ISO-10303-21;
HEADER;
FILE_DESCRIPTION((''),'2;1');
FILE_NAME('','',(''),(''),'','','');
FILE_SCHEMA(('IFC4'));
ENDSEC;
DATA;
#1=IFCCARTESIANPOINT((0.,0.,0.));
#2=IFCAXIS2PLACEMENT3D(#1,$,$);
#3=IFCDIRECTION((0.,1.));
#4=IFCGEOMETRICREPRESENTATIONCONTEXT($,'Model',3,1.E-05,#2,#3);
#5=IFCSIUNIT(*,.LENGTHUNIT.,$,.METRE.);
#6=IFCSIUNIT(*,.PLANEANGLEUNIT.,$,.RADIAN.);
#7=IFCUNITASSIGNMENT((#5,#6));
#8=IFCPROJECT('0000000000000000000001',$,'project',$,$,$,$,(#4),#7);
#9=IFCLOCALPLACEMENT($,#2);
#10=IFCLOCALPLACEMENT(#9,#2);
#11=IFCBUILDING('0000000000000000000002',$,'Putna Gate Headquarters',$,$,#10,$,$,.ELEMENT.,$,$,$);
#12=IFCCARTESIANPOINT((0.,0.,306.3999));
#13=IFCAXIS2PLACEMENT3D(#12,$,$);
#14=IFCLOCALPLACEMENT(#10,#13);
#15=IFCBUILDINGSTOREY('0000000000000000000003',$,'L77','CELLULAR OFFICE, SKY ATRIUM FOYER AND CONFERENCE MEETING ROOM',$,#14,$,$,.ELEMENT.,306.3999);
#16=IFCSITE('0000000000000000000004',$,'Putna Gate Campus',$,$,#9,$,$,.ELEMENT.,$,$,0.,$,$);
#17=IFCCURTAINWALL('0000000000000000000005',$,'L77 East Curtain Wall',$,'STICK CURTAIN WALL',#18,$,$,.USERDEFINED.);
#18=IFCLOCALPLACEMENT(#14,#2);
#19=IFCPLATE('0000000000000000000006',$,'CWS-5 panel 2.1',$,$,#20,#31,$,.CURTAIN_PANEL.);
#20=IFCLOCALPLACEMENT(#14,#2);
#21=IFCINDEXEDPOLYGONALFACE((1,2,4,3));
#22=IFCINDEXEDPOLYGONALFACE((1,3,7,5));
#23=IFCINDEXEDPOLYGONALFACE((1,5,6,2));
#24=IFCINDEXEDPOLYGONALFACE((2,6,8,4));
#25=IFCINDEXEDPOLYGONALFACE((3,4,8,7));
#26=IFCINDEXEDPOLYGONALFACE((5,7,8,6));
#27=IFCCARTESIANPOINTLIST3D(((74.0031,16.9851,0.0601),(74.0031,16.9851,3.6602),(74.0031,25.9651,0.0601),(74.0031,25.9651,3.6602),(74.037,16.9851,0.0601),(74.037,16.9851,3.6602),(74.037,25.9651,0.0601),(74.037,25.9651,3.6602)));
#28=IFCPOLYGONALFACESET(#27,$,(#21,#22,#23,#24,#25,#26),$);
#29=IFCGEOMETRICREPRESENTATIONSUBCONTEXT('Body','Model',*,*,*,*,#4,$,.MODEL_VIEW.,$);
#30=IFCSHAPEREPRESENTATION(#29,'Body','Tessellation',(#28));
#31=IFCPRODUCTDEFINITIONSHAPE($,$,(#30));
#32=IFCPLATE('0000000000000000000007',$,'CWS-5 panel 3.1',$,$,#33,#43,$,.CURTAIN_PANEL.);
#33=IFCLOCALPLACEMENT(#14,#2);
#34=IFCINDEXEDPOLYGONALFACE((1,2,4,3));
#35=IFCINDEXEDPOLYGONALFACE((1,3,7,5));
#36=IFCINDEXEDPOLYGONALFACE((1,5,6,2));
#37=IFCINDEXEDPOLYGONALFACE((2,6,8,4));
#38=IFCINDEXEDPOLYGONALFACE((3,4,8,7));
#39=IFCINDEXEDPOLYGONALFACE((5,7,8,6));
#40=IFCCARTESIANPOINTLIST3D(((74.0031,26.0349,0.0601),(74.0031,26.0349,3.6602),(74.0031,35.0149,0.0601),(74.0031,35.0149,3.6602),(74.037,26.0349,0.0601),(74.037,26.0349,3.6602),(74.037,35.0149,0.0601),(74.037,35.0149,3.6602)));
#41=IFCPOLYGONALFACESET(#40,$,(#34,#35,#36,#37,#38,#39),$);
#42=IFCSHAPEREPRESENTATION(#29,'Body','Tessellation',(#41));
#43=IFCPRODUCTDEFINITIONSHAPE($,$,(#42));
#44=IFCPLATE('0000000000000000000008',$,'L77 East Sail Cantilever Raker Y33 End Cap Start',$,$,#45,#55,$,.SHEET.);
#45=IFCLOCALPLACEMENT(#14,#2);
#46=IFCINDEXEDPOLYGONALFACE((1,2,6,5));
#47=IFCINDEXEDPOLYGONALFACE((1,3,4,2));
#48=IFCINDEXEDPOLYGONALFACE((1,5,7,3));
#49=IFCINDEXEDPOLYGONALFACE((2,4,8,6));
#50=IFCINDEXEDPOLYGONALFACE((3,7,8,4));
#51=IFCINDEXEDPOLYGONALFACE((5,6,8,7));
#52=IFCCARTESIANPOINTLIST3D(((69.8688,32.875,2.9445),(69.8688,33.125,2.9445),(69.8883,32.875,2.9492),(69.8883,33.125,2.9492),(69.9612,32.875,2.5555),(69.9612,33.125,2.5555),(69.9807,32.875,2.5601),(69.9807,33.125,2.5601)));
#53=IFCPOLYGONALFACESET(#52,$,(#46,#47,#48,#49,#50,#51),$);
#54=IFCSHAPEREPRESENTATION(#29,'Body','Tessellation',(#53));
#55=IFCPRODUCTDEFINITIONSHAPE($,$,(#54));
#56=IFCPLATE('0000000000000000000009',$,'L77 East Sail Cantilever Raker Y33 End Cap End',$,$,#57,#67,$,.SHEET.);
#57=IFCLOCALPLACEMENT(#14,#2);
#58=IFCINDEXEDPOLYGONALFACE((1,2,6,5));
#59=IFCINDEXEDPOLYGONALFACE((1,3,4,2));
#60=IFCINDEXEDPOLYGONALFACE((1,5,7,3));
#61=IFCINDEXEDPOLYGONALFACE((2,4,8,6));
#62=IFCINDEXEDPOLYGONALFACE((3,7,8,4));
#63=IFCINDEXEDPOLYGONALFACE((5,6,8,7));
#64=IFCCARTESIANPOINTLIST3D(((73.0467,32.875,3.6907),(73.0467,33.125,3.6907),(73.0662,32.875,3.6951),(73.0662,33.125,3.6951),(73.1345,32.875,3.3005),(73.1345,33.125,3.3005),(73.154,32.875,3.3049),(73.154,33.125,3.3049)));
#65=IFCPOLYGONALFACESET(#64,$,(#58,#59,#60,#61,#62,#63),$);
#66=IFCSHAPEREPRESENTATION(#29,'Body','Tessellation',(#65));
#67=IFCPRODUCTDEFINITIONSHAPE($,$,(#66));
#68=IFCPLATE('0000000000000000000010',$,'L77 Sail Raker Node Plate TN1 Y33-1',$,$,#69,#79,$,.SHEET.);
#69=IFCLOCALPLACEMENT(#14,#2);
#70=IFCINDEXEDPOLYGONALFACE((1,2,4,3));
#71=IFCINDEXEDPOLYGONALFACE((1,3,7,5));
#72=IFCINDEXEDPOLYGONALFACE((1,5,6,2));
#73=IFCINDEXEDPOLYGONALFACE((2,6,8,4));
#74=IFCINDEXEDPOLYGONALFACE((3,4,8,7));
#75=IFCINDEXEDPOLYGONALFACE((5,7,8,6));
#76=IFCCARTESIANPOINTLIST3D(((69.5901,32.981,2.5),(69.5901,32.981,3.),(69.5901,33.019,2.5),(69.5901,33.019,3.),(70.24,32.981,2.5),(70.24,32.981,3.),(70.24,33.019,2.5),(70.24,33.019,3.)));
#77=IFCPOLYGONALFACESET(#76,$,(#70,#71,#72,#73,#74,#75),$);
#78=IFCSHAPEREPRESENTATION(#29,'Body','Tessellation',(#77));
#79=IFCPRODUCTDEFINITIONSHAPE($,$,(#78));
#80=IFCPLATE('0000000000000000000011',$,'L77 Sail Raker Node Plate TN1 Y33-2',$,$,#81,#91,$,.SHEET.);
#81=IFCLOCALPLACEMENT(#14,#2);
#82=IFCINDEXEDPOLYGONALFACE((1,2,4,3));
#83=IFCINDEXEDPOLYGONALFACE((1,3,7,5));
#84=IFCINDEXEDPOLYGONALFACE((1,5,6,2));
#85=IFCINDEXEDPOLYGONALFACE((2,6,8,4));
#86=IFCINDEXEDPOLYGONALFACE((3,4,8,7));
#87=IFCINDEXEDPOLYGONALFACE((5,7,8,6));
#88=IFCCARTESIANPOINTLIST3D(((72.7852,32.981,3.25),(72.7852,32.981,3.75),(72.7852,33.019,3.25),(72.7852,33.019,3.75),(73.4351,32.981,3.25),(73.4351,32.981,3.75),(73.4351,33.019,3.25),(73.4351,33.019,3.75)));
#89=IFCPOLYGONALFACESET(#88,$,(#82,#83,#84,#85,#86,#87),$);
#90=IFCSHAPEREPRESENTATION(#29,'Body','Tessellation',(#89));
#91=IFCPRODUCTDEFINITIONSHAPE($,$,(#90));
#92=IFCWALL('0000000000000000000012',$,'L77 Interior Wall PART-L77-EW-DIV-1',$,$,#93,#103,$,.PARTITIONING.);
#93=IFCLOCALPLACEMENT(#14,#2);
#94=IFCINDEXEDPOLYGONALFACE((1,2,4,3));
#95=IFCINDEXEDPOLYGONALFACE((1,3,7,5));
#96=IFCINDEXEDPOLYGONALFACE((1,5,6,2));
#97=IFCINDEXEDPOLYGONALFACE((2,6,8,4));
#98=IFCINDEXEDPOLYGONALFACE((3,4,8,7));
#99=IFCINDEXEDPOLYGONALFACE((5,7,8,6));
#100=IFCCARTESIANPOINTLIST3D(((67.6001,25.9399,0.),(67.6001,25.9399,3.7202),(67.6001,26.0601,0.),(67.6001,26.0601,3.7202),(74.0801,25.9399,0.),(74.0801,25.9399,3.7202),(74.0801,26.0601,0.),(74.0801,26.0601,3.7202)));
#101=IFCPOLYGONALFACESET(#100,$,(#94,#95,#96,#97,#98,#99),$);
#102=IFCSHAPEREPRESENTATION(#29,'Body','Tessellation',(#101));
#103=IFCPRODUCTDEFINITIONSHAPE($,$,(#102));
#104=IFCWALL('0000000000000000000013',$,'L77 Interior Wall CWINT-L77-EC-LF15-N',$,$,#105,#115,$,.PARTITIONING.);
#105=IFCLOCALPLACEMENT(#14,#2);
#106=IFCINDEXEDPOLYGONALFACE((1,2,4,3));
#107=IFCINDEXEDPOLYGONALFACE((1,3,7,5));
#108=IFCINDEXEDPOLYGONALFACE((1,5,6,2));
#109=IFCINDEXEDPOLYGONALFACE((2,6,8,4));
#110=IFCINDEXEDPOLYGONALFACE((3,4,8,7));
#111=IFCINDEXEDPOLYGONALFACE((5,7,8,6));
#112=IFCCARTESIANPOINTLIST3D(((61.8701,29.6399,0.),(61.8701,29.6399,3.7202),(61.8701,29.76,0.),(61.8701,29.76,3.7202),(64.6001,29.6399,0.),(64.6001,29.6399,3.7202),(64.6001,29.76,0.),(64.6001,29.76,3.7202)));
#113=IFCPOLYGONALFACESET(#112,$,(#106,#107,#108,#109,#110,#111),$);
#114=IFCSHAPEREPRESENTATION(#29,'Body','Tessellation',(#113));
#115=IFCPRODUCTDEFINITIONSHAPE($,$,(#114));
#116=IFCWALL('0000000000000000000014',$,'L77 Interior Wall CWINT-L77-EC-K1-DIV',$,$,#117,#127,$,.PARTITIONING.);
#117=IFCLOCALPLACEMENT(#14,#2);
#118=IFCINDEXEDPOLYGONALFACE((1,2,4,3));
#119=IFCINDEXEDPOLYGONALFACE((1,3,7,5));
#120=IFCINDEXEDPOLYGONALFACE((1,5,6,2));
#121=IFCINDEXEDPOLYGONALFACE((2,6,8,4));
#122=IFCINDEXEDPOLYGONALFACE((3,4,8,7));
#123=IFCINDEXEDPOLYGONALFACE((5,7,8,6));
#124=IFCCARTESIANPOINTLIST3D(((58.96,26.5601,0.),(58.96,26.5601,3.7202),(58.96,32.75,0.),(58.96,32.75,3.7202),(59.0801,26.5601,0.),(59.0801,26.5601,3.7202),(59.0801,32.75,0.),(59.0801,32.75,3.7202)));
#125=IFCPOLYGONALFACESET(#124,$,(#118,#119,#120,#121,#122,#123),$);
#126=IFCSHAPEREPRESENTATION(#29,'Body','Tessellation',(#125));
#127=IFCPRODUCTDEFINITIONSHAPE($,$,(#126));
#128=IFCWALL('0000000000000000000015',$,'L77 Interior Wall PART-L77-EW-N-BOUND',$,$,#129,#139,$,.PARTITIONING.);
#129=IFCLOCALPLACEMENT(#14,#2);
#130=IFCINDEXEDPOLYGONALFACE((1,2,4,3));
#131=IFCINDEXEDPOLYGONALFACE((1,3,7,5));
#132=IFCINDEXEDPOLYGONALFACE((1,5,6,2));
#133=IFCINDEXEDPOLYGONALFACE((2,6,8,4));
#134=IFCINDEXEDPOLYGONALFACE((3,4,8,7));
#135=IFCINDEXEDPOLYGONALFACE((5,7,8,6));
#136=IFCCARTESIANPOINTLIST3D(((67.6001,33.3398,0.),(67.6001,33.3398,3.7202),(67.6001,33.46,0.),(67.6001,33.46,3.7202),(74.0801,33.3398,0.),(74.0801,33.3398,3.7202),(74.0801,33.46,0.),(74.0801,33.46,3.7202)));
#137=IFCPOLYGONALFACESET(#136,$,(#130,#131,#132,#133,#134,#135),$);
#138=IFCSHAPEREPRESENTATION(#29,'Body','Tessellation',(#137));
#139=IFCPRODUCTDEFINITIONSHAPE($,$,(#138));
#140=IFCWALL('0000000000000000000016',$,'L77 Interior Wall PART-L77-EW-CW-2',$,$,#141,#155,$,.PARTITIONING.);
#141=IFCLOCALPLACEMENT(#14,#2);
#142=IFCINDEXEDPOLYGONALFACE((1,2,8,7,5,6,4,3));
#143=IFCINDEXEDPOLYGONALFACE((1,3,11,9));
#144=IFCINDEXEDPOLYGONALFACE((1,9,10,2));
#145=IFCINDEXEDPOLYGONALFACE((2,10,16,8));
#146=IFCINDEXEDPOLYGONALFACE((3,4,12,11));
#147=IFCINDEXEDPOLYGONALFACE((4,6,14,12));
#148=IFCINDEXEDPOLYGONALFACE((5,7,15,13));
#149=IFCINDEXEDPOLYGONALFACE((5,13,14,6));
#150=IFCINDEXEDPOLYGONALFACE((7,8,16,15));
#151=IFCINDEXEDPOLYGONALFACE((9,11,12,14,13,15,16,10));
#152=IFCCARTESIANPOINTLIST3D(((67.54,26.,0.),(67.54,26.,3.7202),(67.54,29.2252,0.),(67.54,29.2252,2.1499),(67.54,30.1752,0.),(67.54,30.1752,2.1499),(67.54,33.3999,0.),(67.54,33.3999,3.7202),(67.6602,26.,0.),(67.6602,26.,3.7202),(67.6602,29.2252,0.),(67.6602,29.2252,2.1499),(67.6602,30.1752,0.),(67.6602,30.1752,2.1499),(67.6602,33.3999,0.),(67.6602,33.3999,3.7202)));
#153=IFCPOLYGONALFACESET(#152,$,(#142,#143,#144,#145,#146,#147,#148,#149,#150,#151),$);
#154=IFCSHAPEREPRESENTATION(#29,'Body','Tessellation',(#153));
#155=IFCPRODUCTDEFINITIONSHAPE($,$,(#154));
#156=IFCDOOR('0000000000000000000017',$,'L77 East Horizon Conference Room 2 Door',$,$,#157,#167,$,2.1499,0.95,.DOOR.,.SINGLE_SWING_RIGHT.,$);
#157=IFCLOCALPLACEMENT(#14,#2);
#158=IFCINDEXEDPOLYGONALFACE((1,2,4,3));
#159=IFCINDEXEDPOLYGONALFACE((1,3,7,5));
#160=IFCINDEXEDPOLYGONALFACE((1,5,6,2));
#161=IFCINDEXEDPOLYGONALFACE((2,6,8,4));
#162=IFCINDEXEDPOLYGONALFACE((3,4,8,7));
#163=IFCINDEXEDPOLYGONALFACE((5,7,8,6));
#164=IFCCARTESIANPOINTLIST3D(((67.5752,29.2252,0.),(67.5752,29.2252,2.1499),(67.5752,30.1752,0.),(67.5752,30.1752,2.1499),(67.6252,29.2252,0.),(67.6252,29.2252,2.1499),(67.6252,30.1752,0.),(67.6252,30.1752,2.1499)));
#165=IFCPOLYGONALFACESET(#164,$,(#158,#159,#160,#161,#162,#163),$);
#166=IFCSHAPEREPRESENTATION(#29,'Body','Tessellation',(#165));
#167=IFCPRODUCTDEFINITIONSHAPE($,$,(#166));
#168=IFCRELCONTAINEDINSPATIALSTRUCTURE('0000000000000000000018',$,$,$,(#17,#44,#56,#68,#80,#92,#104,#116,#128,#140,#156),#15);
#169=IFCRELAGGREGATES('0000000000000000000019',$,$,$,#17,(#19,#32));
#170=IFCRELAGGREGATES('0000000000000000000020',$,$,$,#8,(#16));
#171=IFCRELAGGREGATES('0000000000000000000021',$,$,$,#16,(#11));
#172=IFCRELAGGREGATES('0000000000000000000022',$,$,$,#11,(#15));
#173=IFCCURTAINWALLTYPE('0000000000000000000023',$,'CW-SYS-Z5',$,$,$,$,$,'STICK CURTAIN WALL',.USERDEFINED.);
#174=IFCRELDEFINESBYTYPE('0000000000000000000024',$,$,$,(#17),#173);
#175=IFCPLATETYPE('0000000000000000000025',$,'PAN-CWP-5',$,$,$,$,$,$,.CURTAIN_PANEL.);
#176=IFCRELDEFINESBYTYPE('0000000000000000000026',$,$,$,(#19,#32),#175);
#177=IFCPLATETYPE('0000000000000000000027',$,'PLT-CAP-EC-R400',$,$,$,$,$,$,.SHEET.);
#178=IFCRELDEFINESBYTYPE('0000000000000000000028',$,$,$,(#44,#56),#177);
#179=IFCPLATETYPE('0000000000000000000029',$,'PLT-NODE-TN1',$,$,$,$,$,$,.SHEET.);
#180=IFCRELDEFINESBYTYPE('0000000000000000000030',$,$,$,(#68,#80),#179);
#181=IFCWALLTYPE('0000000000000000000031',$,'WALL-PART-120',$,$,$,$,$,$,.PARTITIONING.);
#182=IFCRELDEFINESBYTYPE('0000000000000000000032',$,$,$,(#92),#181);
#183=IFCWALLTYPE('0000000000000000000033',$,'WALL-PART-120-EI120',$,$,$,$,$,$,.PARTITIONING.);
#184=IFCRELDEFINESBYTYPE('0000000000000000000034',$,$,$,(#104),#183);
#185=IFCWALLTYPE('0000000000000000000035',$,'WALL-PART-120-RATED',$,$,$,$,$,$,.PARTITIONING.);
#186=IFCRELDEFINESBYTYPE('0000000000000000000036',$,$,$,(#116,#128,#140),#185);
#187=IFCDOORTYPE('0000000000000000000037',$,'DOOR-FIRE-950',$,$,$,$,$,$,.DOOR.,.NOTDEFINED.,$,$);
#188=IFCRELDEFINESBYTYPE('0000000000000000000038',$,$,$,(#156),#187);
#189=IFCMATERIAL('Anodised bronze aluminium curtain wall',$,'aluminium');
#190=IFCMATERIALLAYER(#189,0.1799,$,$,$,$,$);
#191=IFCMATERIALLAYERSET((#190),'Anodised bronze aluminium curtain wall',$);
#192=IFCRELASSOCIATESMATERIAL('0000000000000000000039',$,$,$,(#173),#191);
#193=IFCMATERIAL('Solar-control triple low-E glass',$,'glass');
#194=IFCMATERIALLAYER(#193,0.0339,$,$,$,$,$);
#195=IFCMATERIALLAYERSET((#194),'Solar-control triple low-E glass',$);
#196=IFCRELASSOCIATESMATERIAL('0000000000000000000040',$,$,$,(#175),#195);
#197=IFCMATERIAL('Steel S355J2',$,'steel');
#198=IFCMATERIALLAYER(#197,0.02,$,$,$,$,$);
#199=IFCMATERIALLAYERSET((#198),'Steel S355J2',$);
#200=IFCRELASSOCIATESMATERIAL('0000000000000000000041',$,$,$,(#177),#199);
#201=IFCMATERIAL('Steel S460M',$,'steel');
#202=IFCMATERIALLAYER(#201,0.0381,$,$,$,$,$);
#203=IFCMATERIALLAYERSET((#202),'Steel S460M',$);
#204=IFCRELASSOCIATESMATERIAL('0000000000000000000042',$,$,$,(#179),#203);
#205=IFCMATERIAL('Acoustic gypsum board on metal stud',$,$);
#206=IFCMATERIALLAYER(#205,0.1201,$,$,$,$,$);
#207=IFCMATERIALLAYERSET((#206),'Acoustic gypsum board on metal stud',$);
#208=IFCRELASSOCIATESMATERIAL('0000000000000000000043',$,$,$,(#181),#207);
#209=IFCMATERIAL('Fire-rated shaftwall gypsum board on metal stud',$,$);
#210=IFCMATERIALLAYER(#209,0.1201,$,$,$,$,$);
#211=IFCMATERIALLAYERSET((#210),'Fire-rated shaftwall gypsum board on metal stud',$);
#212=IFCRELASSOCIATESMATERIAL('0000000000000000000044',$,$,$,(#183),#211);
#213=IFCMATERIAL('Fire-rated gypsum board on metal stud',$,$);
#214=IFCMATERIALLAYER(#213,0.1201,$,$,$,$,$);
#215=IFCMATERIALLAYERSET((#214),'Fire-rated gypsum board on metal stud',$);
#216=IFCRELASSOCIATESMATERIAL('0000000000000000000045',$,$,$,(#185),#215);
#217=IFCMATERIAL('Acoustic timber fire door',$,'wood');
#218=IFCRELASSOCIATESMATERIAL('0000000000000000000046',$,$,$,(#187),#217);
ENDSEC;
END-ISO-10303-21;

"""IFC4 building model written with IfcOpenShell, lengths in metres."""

from ifc_helpers import new_model, si_unit, direction, frame, frame_2d, origin, origin_2d, place, context, subcontext, project, spatial, rectangle, extrude, material, layer, layer_set, type_object, element, fill, aggregate, save


model = new_model("IFC4")

# Units and contexts
model_context = context("Model", 3, precision=1e-05, world=origin(), true_north=direction((0.0, 1.0)))
body_context = subcontext(model_context, "Body", "Model", "MODEL_VIEW")
ifc_project = project(units=[si_unit("LENGTHUNIT", "METRE"), si_unit("PLANEANGLEUNIT", "RADIAN")], contexts=[model_context])

# Site, building, storey
site_placement = place(None, origin())
site = spatial("IfcSite", under=ifc_project, at=site_placement, Name="Putna Gate Campus", CompositionType="ELEMENT", RefElevation=0.0)
building_placement = place(site_placement, origin())
building = spatial("IfcBuilding", under=site, at=building_placement, Name="Putna Gate Headquarters", CompositionType="ELEMENT")
storey_placement = place(building_placement, frame((0.0, 0.0, 306.3999)))
storey = spatial("IfcBuildingStorey", under=building, at=storey_placement, Name="L77", Description="CELLULAR OFFICE, SKY ATRIUM FOYER AND CONFERENCE MEETING ROOM", CompositionType="ELEMENT", Elevation=306.3999)

# Shared definitions
ifc_material_1 = material(Name="Steel S460M", Category="steel")

# Shared definitions
ifc_material_2 = material(Name="Steel S355J2", Category="steel")

# Curtain wall, plates
ifc_material_3 = material(Name="Anodised bronze aluminium curtain wall", Category="aluminium")
ifc_layer_1 = layer(ifc_material_3, 0.1799)
ifc_layer_set_1 = layer_set([ifc_layer_1], Name="Anodised bronze aluminium curtain wall")
curtain_wall_type = type_object("IfcCurtainWallType", Name="CW-SYS-Z5", ElementType="STICK CURTAIN WALL", PredefinedType="USERDEFINED", material=ifc_layer_set_1)
curtain_wall_placement = place(storey_placement, origin())
curtain_wall = element("IfcCurtainWall", 1, at=curtain_wall_placement, inside=storey, type_object=curtain_wall_type, Name="L77 East Curtain Wall", ObjectType="STICK CURTAIN WALL", PredefinedType="USERDEFINED")
ifc_material_4 = material(Name="Solar-control triple low-E glass", Category="glass")
ifc_layer_2 = layer(ifc_material_4, 0.0339)
ifc_layer_set_2 = layer_set([ifc_layer_2], Name="Solar-control triple low-E glass")
plate_type_1 = type_object("IfcPlateType", Name="PAN-CWP-5", PredefinedType="CURTAIN_PANEL", material=ifc_layer_set_2)
plate_1_placement = place(storey_placement, frame((74.02, 21.4751, 0.0601), z_axis=(0.0, 0.0, 1.0), x_axis=(0.0, 1.0, 0.0)))
plate_1 = element("IfcPlate", 2, at=plate_1_placement, type_object=plate_type_1, Name="CWS-5 panel 2.1", PredefinedType="CURTAIN_PANEL", context=body_context, shape_type="SweptSolid", body=[
    extrude(rectangle(XDim=8.98, YDim=0.0339, at=origin_2d()), origin(), (0.0, 0.0, 1.0), 3.6001),
])
plate_2_placement = place(storey_placement, frame((74.02, 30.5249, 0.0601), z_axis=(0.0, 0.0, 1.0), x_axis=(0.0, 1.0, 0.0)))
plate_2 = element("IfcPlate", 3, at=plate_2_placement, type_object=plate_type_1, Name="CWS-5 panel 3.1", PredefinedType="CURTAIN_PANEL", context=body_context, shape_type="SweptSolid", body=[
    extrude(rectangle(XDim=8.98, YDim=0.0339, at=origin_2d()), origin(), (0.0, 0.0, 1.0), 3.6001),
])
aggregate(curtain_wall, [plate_1, plate_2])

# Plates
ifc_layer_3 = layer(ifc_material_2, 0.02)
ifc_layer_set_3 = layer_set([ifc_layer_3], Name="Steel S355J2")
plate_type_2 = type_object("IfcPlateType", Name="PLT-CAP-EC-R400", PredefinedType="SHEET", material=ifc_layer_set_3)
for number, where, z_axis, x_axis, name in (
    (4, (69.915, 33.0, 2.75), (0.972937, 0.0, 0.231072), (0.0, 1.0, 0.0), "L77 East Sail Cantilever Raker Y33 End Cap Start"),
    (5, (73.0906, 33.0, 3.4956), (0.97561, 0.0, 0.219512), (0.0, 1.0, 0.0), "L77 East Sail Cantilever Raker Y33 End Cap End"),
):
    element("IfcPlate", number, at=place(storey_placement, frame(where, z_axis=z_axis, x_axis=x_axis)), inside=storey, type_object=plate_type_2, Name=name, PredefinedType="SHEET", context=body_context, shape_type="SweptSolid", body=[
        extrude(rectangle(XDim=0.25, YDim=0.3999, at=origin_2d()), origin(), (0.0, 0.0, 1.0), 0.02),
    ])
ifc_layer_4 = layer(ifc_material_1, 0.0381)
ifc_layer_set_4 = layer_set([ifc_layer_4], Name="Steel S460M")
plate_type_3 = type_object("IfcPlateType", Name="PLT-NODE-TN1", PredefinedType="SHEET", material=ifc_layer_set_4)
for number, where, z_axis, x_axis, name in (
    (6, (69.915, 33.0, 2.5), (0.0, 0.0, 1.0), (1.0, 0.0, 0.0), "L77 Sail Raker Node Plate TN1 Y33-1"),
    (7, (73.1101, 33.0, 3.25), (0.0, 0.0, 1.0), (1.0, 0.0, 0.0), "L77 Sail Raker Node Plate TN1 Y33-2"),
):
    element("IfcPlate", number, at=place(storey_placement, frame(where, z_axis=z_axis, x_axis=x_axis)), inside=storey, type_object=plate_type_3, Name=name, PredefinedType="SHEET", context=body_context, shape_type="SweptSolid", body=[
        extrude(rectangle(XDim=0.6499, YDim=0.0381, at=origin_2d()), origin(), (0.0, 0.0, 1.0), 0.5),
    ])

# Walls
ifc_material_5 = material(Name="Acoustic gypsum board on metal stud")
ifc_layer_5 = layer(ifc_material_5, 0.1201)
ifc_layer_set_5 = layer_set([ifc_layer_5], Name="Acoustic gypsum board on metal stud")
wall_type_1 = type_object("IfcWallType", Name="WALL-PART-120", PredefinedType="PARTITIONING", material=ifc_layer_set_5)
wall_1_placement = place(storey_placement, frame((67.6001, 26.0, 0.0), z_axis=(0.0, 0.0, 1.0), x_axis=(1.0, 0.0, 0.0)))
element("IfcWall", 8, at=wall_1_placement, inside=storey, type_object=wall_type_1, Name="L77 Interior Wall PART-L77-EW-DIV-1", PredefinedType="PARTITIONING", context=body_context, shape_type="SweptSolid", body=[
    extrude(rectangle(XDim=6.48, YDim=0.1201, at=frame_2d((3.24, 0.0))), origin(), (0.0, 0.0, 1.0), 3.7202),
])
ifc_material_6 = material(Name="Fire-rated shaftwall gypsum board on metal stud")
ifc_layer_6 = layer(ifc_material_6, 0.1201)
ifc_layer_set_6 = layer_set([ifc_layer_6], Name="Fire-rated shaftwall gypsum board on metal stud")
wall_type_2 = type_object("IfcWallType", Name="WALL-PART-120-EI120", PredefinedType="PARTITIONING", material=ifc_layer_set_6)
wall_2_placement = place(storey_placement, frame((61.8701, 29.7, 0.0), z_axis=(0.0, 0.0, 1.0), x_axis=(1.0, 0.0, 0.0)))
element("IfcWall", 9, at=wall_2_placement, inside=storey, type_object=wall_type_2, Name="L77 Interior Wall CWINT-L77-EC-LF15-N", PredefinedType="PARTITIONING", context=body_context, shape_type="SweptSolid", body=[
    extrude(rectangle(XDim=2.73, YDim=0.1201, at=frame_2d((1.365, 0.0))), origin(), (0.0, 0.0, 1.0), 3.7202),
])
ifc_material_7 = material(Name="Fire-rated gypsum board on metal stud")
ifc_layer_7 = layer(ifc_material_7, 0.1201)
ifc_layer_set_7 = layer_set([ifc_layer_7], Name="Fire-rated gypsum board on metal stud")
wall_type_3 = type_object("IfcWallType", Name="WALL-PART-120-RATED", PredefinedType="PARTITIONING", material=ifc_layer_set_7)
wall_3_placement = place(storey_placement, frame((59.02, 26.5601, 0.0), z_axis=(0.0, 0.0, 1.0), x_axis=(0.0, 1.0, 0.0)))
element("IfcWall", 10, at=wall_3_placement, inside=storey, type_object=wall_type_3, Name="L77 Interior Wall CWINT-L77-EC-K1-DIV", PredefinedType="PARTITIONING", context=body_context, shape_type="SweptSolid", body=[
    extrude(rectangle(XDim=6.1899, YDim=0.1201, at=frame_2d((3.095, 0.0))), origin(), (0.0, 0.0, 1.0), 3.7202),
])
wall_4_placement = place(storey_placement, frame((67.6001, 33.3999, 0.0), z_axis=(0.0, 0.0, 1.0), x_axis=(1.0, 0.0, 0.0)))
element("IfcWall", 11, at=wall_4_placement, inside=storey, type_object=wall_type_3, Name="L77 Interior Wall PART-L77-EW-N-BOUND", PredefinedType="PARTITIONING", context=body_context, shape_type="SweptSolid", body=[
    extrude(rectangle(XDim=6.48, YDim=0.1201, at=frame_2d((3.24, 0.0))), origin(), (0.0, 0.0, 1.0), 3.7202),
])

# Wall, opening, door
wall_5_placement = place(storey_placement, frame((67.6001, 26.0, 0.0), z_axis=(0.0, 0.0, 1.0), x_axis=(0.0, 1.0, 0.0)))
wall_5 = element("IfcWall", 12, at=wall_5_placement, inside=storey, type_object=wall_type_3, Name="L77 Interior Wall PART-L77-EW-CW-2", PredefinedType="PARTITIONING", context=body_context, shape_type="SweptSolid", body=[
    extrude(rectangle(XDim=7.3999, YDim=0.1201, at=frame_2d((3.7, 0.0))), origin(), (0.0, 0.0, 1.0), 3.7202),
])
opening_1_placement = place(wall_5_placement, frame((3.2251, 0.0, 0.0)))
opening_1 = element("IfcOpeningElement", 13, at=opening_1_placement, cuts=wall_5, PredefinedType="OPENING", context=body_context, shape_type="SweptSolid", body=[
    extrude(rectangle(XDim=0.95, YDim=2.1499, at=frame_2d((0.4751, 1.075))), frame((0.0, 0.0701, 0.0), z_axis=(0.0, -1.0, 0.0), x_axis=(1.0, 0.0, 0.0)), (0.0, 0.0, 1.0), 0.1401),
])
ifc_material_8 = material(Name="Acoustic timber fire door", Category="wood")
door_type_1 = type_object("IfcDoorType", Name="DOOR-FIRE-950", OperationType="NOTDEFINED", PredefinedType="DOOR", material=ifc_material_8)
door_1_placement = place(opening_1_placement, origin())
door_1 = element("IfcDoor", 14, at=door_1_placement, inside=storey, type_object=door_type_1, Name="L77 East Horizon Conference Room 2 Door", OperationType="SINGLE_SWING_RIGHT", OverallHeight=2.1499, OverallWidth=0.95, PredefinedType="DOOR", context=body_context, shape_type="SweptSolid", body=[
    extrude(rectangle(XDim=0.95, YDim=2.1499, at=frame_2d((0.4751, 1.075))), frame((0.0, 0.0249, 0.0), z_axis=(0.0, -1.0, 0.0), x_axis=(1.0, 0.0, 0.0)), (0.0, 0.0, 1.0), 0.05),
])
fill(opening_1, door_1)

save(model, "model.ifc")
